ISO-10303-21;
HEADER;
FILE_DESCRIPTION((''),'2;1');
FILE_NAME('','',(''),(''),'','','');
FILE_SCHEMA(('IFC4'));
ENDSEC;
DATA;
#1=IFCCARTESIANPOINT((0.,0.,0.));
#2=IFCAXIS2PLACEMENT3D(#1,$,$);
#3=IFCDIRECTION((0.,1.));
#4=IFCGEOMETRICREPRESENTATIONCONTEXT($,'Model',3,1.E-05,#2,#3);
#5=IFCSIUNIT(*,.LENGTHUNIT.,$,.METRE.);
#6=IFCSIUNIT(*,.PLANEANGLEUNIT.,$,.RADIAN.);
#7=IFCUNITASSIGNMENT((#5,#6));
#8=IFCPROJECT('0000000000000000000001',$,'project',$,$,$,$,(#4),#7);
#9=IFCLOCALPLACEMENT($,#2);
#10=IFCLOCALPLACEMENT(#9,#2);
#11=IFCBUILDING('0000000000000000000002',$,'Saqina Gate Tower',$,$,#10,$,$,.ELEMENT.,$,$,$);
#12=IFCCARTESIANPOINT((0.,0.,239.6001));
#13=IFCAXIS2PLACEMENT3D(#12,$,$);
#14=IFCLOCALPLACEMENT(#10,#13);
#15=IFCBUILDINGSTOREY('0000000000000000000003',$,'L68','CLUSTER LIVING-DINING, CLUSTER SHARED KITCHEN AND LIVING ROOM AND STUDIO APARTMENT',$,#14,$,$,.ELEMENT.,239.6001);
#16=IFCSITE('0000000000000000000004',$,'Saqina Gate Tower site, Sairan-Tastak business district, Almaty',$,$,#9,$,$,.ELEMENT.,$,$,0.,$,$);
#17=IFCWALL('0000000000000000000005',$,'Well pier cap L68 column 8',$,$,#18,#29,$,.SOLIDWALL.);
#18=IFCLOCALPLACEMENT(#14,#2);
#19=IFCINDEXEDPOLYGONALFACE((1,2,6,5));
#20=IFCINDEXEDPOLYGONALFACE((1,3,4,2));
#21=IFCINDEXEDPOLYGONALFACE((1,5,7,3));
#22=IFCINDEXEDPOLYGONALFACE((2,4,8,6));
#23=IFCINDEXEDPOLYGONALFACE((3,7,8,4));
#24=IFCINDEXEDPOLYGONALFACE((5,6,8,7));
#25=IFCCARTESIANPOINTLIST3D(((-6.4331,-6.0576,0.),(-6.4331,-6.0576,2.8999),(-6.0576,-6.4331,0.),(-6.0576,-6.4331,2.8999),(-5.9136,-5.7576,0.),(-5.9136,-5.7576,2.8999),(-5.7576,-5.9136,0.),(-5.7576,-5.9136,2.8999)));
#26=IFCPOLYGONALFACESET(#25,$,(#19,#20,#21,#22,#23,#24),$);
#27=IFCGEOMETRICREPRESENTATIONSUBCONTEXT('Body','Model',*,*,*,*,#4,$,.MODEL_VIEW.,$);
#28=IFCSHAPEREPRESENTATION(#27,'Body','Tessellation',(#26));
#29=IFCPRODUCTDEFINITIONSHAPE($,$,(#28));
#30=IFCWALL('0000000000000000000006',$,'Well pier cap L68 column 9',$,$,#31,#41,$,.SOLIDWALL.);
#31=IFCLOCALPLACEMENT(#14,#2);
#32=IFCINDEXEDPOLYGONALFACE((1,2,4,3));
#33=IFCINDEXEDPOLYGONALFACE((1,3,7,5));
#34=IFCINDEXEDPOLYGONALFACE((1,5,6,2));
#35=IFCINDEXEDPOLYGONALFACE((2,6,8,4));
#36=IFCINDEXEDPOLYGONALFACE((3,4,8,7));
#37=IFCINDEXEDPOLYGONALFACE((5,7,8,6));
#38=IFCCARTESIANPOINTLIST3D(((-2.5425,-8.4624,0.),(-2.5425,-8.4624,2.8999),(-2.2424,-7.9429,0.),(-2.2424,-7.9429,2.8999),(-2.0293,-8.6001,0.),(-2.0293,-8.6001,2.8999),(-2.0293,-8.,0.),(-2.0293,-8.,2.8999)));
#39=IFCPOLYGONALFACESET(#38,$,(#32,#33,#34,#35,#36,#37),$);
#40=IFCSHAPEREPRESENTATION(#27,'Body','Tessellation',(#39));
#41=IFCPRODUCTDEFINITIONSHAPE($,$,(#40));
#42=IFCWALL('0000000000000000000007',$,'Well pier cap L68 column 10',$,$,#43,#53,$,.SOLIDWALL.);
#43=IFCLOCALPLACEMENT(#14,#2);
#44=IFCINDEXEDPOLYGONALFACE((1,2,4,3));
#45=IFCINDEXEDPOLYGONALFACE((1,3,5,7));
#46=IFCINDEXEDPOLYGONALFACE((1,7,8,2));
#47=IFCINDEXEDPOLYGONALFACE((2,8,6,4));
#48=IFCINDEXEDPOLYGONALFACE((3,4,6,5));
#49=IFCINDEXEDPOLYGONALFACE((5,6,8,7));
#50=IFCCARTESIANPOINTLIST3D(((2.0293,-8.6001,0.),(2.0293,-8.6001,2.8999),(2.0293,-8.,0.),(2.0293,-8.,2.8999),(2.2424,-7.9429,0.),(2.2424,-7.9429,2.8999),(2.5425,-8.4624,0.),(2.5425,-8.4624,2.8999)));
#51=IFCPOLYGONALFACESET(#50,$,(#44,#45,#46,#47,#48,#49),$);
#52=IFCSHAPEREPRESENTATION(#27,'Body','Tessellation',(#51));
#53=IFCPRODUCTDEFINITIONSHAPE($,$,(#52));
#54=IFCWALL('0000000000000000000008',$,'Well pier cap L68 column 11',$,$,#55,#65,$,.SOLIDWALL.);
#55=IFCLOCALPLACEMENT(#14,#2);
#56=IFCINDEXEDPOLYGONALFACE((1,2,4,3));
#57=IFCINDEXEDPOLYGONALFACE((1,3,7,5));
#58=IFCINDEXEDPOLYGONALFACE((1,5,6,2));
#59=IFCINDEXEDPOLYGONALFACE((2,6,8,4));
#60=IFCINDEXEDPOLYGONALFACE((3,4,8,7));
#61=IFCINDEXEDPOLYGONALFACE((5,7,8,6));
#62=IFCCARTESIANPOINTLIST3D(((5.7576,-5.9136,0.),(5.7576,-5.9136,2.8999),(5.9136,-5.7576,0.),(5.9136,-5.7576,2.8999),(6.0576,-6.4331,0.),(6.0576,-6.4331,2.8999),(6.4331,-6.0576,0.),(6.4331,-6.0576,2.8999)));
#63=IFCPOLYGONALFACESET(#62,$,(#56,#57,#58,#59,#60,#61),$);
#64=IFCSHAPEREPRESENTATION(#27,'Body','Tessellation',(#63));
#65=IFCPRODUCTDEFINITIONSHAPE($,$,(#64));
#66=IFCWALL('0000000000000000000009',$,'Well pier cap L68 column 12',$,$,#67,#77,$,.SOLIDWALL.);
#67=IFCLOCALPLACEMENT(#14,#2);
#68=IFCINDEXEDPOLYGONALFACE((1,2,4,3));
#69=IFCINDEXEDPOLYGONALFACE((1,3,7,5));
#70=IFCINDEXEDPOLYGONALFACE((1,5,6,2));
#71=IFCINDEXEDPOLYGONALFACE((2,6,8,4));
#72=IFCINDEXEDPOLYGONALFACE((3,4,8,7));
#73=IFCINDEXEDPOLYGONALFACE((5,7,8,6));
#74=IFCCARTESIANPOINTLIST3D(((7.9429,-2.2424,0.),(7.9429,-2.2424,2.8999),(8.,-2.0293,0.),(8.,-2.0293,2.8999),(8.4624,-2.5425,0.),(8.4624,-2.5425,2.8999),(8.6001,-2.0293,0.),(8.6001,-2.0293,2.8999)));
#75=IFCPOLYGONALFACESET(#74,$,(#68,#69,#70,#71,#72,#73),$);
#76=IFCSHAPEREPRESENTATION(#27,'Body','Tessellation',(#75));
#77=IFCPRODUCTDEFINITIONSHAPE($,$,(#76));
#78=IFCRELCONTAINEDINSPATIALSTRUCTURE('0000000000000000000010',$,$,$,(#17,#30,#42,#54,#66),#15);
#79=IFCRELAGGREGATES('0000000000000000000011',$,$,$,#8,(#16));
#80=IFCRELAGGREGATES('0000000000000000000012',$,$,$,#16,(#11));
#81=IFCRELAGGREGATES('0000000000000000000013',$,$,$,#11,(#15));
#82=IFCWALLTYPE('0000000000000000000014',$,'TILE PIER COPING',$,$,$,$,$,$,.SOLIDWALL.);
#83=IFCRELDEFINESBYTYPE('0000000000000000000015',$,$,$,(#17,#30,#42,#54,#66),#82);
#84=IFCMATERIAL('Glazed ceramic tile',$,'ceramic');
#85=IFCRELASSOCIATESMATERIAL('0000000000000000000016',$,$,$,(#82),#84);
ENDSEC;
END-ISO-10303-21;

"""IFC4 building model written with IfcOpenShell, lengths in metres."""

from ifc_helpers import new_model, si_unit, direction, frame, origin, place, context, subcontext, project, spatial, polyline, outline, extrude, material, type_object, element, save


model = new_model("IFC4")

# Units and contexts
model_context = context("Model", 3, precision=1e-05, world=origin(), true_north=direction((0.0, 1.0)))
body_context = subcontext(model_context, "Body", "Model", "MODEL_VIEW")
ifc_project = project(units=[si_unit("LENGTHUNIT", "METRE"), si_unit("PLANEANGLEUNIT", "RADIAN")], contexts=[model_context])

# Site, building, storey
site_placement = place(None, origin())
site = spatial("IfcSite", under=ifc_project, at=site_placement, Name="Saqina Gate Tower site, Sairan-Tastak business district, Almaty", CompositionType="ELEMENT", RefElevation=0.0)
building_placement = place(site_placement, origin())
building = spatial("IfcBuilding", under=site, at=building_placement, Name="Saqina Gate Tower", CompositionType="ELEMENT")
storey_placement = place(building_placement, frame((0.0, 0.0, 239.6001)))
storey = spatial("IfcBuildingStorey", under=building, at=storey_placement, Name="L68", Description="CLUSTER LIVING-DINING, CLUSTER SHARED KITCHEN AND LIVING ROOM AND STUDIO APARTMENT", CompositionType="ELEMENT", Elevation=239.6001)

# Walls
ifc_material_1 = material(Name="Glazed ceramic tile", Category="ceramic")
wall_type_1 = type_object("IfcWallType", Name="TILE PIER COPING", PredefinedType="SOLIDWALL", material=ifc_material_1)
wall_1_placement = place(storey_placement, origin())
element("IfcWall", 1, at=wall_1_placement, inside=storey, type_object=wall_type_1, Name="Well pier cap L68 column 8", PredefinedType="SOLIDWALL", context=body_context, shape_type="SweptSolid", body=[
    extrude(outline(polyline([(-6.0576, -6.4331), (-5.7576, -5.9136), (-5.9136, -5.7576), (-6.4331, -6.0576), (-6.0576, -6.4331)])), origin(), (0.0, 0.0, 1.0), 2.8999),
])
wall_2_placement = place(storey_placement, origin())
element("IfcWall", 2, at=wall_2_placement, inside=storey, type_object=wall_type_1, Name="Well pier cap L68 column 9", PredefinedType="SOLIDWALL", context=body_context, shape_type="SweptSolid", body=[
    extrude(outline(polyline([(-2.0293, -8.6001), (-2.0293, -8.0), (-2.2424, -7.9429), (-2.5425, -8.4624), (-2.0293, -8.6001)])), origin(), (0.0, 0.0, 1.0), 2.8999),
])
wall_3_placement = place(storey_placement, origin())
element("IfcWall", 3, at=wall_3_placement, inside=storey, type_object=wall_type_1, Name="Well pier cap L68 column 10", PredefinedType="SOLIDWALL", context=body_context, shape_type="SweptSolid", body=[
    extrude(outline(polyline([(2.5425, -8.4624), (2.2424, -7.9429), (2.0293, -8.0), (2.0293, -8.6001), (2.5425, -8.4624)])), origin(), (0.0, 0.0, 1.0), 2.8999),
])
wall_4_placement = place(storey_placement, origin())
element("IfcWall", 4, at=wall_4_placement, inside=storey, type_object=wall_type_1, Name="Well pier cap L68 column 11", PredefinedType="SOLIDWALL", context=body_context, shape_type="SweptSolid", body=[
    extrude(outline(polyline([(6.4331, -6.0576), (5.9136, -5.7576), (5.7576, -5.9136), (6.0576, -6.4331), (6.4331, -6.0576)])), origin(), (0.0, 0.0, 1.0), 2.8999),
])
wall_5_placement = place(storey_placement, origin())
element("IfcWall", 5, at=wall_5_placement, inside=storey, type_object=wall_type_1, Name="Well pier cap L68 column 12", PredefinedType="SOLIDWALL", context=body_context, shape_type="SweptSolid", body=[
    extrude(outline(polyline([(8.6001, -2.0293), (8.0, -2.0293), (7.9429, -2.2424), (8.4624, -2.5425), (8.6001, -2.0293)])), origin(), (0.0, 0.0, 1.0), 2.8999),
])

save(model, "model.ifc")
